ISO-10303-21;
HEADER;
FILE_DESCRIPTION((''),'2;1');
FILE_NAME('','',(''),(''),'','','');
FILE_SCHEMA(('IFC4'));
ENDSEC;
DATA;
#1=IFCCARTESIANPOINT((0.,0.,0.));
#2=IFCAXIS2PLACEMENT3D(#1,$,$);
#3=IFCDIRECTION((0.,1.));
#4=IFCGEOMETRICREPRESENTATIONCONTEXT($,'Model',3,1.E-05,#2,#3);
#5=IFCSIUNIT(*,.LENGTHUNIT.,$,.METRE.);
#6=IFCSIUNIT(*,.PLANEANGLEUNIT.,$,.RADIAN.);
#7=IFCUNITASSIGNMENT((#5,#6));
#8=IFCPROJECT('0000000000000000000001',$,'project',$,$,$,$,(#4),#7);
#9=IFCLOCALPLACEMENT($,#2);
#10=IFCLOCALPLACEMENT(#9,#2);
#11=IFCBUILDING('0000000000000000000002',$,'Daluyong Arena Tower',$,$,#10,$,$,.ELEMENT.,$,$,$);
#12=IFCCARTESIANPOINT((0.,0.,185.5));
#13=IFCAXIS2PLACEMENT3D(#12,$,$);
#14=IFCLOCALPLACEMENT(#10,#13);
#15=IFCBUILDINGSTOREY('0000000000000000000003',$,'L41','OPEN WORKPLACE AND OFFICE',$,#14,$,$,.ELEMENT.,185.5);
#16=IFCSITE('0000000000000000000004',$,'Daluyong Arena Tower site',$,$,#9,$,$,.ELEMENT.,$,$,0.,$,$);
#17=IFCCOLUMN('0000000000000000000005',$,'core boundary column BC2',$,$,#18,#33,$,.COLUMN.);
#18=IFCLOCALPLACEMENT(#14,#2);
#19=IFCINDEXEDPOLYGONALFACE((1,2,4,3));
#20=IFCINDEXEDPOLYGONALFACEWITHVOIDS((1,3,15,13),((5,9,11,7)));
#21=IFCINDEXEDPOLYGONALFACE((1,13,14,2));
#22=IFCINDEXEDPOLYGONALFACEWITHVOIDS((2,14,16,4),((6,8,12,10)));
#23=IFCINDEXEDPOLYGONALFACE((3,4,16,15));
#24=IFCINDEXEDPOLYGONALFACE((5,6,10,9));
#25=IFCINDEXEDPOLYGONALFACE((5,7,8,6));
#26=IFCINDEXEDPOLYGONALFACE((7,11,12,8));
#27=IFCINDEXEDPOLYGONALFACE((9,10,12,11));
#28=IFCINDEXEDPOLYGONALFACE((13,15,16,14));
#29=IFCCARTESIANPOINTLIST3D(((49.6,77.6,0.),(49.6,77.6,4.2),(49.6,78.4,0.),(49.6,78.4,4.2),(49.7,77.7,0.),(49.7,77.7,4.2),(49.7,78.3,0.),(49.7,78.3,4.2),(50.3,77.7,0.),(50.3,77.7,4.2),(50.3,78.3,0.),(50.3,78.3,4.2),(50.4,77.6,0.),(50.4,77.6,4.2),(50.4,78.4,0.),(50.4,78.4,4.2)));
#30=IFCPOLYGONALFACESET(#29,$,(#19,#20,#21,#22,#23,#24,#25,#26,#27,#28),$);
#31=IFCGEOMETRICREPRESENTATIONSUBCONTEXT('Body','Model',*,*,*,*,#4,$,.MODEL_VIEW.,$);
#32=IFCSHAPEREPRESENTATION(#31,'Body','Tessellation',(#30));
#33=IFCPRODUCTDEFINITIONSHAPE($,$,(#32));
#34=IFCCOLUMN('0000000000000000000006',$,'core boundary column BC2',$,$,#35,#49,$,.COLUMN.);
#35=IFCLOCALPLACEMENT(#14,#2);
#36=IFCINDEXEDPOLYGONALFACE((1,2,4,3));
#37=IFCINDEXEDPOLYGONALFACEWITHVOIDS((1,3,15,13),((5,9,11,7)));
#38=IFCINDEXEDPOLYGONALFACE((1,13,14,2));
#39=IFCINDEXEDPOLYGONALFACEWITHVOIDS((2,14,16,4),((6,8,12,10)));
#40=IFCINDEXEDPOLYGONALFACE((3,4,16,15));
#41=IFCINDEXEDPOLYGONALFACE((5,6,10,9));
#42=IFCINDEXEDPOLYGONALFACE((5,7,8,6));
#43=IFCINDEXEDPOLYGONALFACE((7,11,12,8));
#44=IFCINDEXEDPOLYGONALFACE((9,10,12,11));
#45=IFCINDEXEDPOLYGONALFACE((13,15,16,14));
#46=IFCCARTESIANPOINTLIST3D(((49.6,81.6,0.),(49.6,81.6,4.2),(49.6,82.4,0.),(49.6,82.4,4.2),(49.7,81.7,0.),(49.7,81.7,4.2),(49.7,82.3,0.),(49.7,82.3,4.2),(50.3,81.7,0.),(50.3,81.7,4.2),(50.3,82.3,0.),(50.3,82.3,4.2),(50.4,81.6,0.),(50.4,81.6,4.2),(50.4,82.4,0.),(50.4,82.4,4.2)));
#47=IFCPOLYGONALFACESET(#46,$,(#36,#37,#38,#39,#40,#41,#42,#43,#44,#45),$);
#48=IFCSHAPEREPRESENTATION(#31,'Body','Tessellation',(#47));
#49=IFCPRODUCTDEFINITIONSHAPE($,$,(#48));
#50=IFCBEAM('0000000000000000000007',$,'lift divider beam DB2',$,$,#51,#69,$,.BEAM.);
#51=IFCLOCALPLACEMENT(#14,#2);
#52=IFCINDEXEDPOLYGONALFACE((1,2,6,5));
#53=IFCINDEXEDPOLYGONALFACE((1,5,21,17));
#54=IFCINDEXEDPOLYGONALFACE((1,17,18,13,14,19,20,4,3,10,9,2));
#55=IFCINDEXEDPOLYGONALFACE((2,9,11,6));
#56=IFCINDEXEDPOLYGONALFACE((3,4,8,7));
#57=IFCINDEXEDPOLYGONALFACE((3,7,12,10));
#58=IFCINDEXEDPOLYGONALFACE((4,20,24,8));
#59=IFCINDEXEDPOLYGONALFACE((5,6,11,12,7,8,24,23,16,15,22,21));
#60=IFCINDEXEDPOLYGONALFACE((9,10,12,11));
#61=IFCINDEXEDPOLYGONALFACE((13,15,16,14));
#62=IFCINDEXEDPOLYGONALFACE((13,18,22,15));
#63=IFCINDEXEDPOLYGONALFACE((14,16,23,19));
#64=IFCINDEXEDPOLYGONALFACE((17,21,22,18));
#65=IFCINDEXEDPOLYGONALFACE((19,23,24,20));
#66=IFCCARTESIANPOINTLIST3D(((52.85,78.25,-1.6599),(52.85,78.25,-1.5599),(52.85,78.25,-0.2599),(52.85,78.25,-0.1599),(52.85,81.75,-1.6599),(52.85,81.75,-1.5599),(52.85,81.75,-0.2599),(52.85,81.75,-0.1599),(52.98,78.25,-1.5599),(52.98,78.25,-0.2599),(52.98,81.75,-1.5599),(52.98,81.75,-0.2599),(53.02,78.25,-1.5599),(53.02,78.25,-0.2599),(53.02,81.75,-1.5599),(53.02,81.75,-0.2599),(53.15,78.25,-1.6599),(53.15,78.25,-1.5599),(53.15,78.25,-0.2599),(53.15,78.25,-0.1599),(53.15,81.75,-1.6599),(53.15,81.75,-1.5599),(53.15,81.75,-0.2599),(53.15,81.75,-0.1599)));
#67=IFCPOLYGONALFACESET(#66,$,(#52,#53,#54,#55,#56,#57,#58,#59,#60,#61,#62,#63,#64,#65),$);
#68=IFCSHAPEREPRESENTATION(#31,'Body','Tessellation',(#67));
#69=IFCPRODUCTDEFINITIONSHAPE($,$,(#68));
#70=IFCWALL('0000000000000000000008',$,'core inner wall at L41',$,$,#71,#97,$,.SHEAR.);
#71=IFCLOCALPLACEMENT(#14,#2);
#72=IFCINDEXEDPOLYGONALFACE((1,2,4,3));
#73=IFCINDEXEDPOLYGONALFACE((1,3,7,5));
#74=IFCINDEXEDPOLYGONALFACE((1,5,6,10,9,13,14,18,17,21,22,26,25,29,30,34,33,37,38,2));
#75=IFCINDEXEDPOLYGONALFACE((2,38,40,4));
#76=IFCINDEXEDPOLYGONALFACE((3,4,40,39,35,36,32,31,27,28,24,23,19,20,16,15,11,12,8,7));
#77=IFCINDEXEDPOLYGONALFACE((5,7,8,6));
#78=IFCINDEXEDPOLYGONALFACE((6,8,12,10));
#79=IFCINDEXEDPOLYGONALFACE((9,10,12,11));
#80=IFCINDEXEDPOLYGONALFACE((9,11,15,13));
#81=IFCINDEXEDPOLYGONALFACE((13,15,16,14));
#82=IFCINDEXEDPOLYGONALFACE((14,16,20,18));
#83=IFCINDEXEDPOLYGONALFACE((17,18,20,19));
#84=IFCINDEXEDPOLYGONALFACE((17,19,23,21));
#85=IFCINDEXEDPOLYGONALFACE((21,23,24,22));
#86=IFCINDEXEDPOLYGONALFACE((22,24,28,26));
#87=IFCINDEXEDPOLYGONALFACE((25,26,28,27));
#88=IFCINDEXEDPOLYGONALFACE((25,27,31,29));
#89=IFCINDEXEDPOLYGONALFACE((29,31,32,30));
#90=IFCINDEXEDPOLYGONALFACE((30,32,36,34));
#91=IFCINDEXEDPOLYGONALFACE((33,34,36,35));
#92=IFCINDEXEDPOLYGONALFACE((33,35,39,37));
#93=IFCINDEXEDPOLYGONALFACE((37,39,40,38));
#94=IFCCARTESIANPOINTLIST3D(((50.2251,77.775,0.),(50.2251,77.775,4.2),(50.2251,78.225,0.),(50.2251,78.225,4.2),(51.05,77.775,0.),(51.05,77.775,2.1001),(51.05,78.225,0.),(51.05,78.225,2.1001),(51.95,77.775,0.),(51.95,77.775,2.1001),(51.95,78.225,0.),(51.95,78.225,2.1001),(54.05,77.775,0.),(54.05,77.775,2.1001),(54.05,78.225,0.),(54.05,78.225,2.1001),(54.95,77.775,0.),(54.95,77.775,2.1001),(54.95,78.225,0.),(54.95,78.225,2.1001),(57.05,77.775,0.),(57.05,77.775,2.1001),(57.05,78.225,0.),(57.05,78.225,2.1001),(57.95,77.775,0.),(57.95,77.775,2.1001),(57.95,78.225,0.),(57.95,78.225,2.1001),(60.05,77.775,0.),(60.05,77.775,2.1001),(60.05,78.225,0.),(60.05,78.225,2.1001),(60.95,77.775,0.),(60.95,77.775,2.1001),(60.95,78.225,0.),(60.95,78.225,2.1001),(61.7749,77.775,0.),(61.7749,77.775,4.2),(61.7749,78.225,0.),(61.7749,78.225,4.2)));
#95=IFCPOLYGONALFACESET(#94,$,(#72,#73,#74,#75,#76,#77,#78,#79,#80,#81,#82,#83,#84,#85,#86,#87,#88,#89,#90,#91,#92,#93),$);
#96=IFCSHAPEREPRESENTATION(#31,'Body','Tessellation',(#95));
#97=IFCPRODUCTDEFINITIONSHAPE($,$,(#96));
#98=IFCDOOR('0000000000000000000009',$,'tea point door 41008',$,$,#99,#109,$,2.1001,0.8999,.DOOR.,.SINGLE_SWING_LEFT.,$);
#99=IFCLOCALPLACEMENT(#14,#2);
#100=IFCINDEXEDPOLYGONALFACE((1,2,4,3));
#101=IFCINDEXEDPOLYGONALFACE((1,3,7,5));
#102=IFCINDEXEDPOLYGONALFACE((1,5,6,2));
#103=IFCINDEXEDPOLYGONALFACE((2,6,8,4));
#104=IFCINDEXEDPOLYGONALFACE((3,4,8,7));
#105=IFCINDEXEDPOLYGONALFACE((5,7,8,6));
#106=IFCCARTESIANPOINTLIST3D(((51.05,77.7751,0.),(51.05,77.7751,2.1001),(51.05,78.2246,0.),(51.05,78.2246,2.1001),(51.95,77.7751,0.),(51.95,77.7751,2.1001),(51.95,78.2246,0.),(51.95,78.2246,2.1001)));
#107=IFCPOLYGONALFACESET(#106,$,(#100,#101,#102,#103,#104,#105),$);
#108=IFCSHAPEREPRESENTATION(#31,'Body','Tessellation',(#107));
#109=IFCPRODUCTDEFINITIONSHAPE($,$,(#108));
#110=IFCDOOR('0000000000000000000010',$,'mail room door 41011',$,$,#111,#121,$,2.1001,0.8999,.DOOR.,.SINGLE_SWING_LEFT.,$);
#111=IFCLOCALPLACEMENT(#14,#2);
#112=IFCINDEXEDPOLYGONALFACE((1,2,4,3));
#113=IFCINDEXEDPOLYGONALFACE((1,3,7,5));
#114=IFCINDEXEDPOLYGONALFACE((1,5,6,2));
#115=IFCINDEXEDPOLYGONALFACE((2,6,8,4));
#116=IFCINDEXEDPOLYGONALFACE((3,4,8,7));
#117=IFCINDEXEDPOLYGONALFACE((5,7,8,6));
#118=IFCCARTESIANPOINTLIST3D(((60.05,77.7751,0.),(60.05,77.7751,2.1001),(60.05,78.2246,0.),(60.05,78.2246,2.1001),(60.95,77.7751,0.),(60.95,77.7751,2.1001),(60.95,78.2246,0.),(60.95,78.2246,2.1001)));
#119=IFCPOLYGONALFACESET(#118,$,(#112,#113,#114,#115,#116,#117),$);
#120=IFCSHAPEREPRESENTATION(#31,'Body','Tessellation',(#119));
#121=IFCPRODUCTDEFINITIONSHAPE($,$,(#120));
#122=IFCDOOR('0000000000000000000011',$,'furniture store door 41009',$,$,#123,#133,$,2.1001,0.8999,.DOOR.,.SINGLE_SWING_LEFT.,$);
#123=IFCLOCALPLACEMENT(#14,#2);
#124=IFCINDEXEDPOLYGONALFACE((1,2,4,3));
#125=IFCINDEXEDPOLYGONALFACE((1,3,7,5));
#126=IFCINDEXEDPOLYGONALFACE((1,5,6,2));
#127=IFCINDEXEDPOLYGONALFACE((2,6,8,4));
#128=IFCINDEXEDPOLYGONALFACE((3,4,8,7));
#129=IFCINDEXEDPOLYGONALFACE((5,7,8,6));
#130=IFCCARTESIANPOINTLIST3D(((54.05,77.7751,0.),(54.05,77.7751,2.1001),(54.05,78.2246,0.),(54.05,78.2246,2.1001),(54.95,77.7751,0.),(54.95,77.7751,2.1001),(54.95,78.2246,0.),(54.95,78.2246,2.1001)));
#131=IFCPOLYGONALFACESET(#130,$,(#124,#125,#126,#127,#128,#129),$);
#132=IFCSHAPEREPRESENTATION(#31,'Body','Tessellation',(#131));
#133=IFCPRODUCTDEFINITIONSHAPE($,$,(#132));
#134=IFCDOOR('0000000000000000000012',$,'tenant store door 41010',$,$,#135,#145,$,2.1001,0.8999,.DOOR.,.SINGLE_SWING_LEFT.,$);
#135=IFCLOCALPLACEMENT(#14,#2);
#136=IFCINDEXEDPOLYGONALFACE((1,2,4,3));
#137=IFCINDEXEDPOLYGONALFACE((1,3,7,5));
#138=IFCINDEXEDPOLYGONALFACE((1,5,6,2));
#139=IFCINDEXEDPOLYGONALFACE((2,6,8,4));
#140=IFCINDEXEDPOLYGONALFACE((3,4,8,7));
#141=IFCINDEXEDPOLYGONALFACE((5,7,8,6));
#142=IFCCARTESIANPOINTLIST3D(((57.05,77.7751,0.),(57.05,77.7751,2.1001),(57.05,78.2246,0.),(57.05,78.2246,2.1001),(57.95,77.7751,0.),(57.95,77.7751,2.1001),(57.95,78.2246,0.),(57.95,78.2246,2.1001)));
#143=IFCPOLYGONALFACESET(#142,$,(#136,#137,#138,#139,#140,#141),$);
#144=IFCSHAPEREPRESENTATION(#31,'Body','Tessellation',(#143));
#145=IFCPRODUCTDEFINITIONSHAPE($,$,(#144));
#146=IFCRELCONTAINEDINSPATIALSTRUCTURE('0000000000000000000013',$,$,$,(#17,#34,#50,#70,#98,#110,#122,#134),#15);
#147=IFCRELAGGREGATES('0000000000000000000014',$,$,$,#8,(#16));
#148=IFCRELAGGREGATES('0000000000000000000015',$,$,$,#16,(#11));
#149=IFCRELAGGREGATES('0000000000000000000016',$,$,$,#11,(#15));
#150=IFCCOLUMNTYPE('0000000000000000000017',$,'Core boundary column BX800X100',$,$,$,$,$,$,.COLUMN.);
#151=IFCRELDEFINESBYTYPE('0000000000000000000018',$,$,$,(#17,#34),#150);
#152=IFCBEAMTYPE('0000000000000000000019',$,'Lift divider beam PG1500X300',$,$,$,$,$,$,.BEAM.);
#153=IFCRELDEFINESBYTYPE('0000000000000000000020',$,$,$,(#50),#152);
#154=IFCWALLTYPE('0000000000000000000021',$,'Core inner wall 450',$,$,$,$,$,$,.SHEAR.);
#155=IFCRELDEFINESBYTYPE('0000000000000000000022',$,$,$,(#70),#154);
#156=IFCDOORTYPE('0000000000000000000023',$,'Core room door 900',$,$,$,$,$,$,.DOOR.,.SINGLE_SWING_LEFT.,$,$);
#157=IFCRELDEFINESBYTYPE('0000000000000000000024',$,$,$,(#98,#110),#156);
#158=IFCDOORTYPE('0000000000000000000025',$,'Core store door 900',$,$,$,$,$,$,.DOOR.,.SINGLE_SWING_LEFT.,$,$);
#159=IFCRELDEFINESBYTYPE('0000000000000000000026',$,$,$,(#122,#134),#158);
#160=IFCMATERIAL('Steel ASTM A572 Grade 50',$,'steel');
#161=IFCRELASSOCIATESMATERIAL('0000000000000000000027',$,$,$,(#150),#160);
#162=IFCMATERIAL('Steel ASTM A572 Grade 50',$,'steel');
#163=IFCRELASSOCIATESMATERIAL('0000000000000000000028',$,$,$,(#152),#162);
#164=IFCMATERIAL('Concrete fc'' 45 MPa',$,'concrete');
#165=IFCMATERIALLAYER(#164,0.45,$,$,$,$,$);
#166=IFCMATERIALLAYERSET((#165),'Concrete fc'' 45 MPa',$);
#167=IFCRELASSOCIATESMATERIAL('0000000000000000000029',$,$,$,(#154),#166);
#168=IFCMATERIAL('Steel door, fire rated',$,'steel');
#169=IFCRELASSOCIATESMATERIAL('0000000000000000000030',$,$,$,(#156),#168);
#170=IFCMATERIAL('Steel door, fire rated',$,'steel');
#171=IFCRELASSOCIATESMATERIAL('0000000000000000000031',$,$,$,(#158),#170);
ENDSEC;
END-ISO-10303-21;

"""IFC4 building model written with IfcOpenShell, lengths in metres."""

from ifc_helpers import new_model, si_unit, direction, frame, frame_2d, origin, origin_2d, place, context, subcontext, project, spatial, rectangle, hollow_rectangle, i_section, extrude, material, layer, layer_set, material_profile, profile_set, type_object, element, fill, save


model = new_model("IFC4")

# Units and contexts
model_context = context("Model", 3, precision=1e-05, world=origin(), true_north=direction((0.0, 1.0)))
body_context = subcontext(model_context, "Body", "Model", "MODEL_VIEW")
ifc_project = project(units=[si_unit("LENGTHUNIT", "METRE"), si_unit("PLANEANGLEUNIT", "RADIAN")], contexts=[model_context])

# Site, building, storey
site_placement = place(None, origin())
site = spatial("IfcSite", under=ifc_project, at=site_placement, Name="Daluyong Arena Tower site", CompositionType="ELEMENT", RefElevation=0.0)
building_placement = place(site_placement, origin())
building = spatial("IfcBuilding", under=site, at=building_placement, Name="Daluyong Arena Tower", CompositionType="ELEMENT")
storey_placement = place(building_placement, frame((0.0, 0.0, 185.5)))
storey = spatial("IfcBuildingStorey", under=building, at=storey_placement, Name="L41", Description="OPEN WORKPLACE AND OFFICE", CompositionType="ELEMENT", Elevation=185.5)

# Columns
ifc_material_1 = material(Name="Steel ASTM A572 Grade 50", Category="steel")
ifc_material_profile_1 = material_profile(ifc_material_1, hollow_rectangle(XDim=0.8, YDim=0.8, WallThickness=0.1, at=origin_2d()))
ifc_profile_set_1 = profile_set([ifc_material_profile_1], Name="Steel ASTM A572 Grade 50")
column_type = type_object("IfcColumnType", Name="Core boundary column BX800X100", PredefinedType="COLUMN", material=ifc_profile_set_1)
for number, where, z_axis, x_axis, name in (
    (1, (50.0, 78.0, 0.0), (0.0, 0.0, 1.0), (1.0, 0.0, 0.0), "core boundary column BC2"),
    (2, (50.0, 82.0, 0.0), (0.0, 0.0, 1.0), (1.0, 0.0, 0.0), "core boundary column BC2"),
):
    element("IfcColumn", number, at=place(storey_placement, frame(where, z_axis=z_axis, x_axis=x_axis)), inside=storey, type_object=column_type, Name=name, PredefinedType="COLUMN", context=body_context, shape_type="SweptSolid", body=[
        extrude(hollow_rectangle(XDim=0.8, YDim=0.8, WallThickness=0.1, at=origin_2d()), origin(), (0.0, 0.0, 1.0), 4.2),
    ])

# Beam
ifc_material_2 = material(Name="Steel ASTM A572 Grade 50", Category="steel")
ifc_material_profile_2 = material_profile(ifc_material_2, i_section(OverallWidth=0.3, OverallDepth=1.5, WebThickness=0.04, FlangeThickness=0.1, at=origin_2d()))
ifc_profile_set_2 = profile_set([ifc_material_profile_2], Name="Steel ASTM A572 Grade 50")
beam_type = type_object("IfcBeamType", Name="Lift divider beam PG1500X300", PredefinedType="BEAM", material=ifc_profile_set_2)
beam_placement = place(storey_placement, frame((53.0, 78.25, -0.9099), z_axis=(0.0, 1.0, 0.0), x_axis=(-1.0, 0.0, 0.0)))
element("IfcBeam", 3, at=beam_placement, inside=storey, type_object=beam_type, Name="lift divider beam DB2", PredefinedType="BEAM", context=body_context, shape_type="SweptSolid", body=[
    extrude(i_section(OverallWidth=0.3, OverallDepth=1.5, WebThickness=0.04, FlangeThickness=0.1, at=origin_2d()), origin(), (0.0, 0.0, 1.0), 3.5),
])

# Wall, openings, doors
ifc_material_3 = material(Name="Concrete fc' 45 MPa", Category="concrete")
ifc_layer = layer(ifc_material_3, 0.45)
ifc_layer_set = layer_set([ifc_layer], Name="Concrete fc' 45 MPa")
wall_type = type_object("IfcWallType", Name="Core inner wall 450", PredefinedType="SHEAR", material=ifc_layer_set)
wall_1_placement = place(storey_placement, frame((50.2251, 78.0, 0.0), z_axis=(0.0, 0.0, 1.0), x_axis=(1.0, 0.0, 0.0)))
wall_1 = element("IfcWall", 4, at=wall_1_placement, inside=storey, type_object=wall_type, Name="core inner wall at L41", PredefinedType="SHEAR", context=body_context, shape_type="SweptSolid", body=[
    extrude(rectangle(XDim=11.5498, YDim=0.45, at=frame_2d((5.7749, 0.0))), origin(), (0.0, 0.0, 1.0), 4.2),
])
opening_1_placement = place(wall_1_placement, frame((0.825, 0.0, 0.0)))
opening_1 = element("IfcOpeningElement", 5, at=opening_1_placement, cuts=wall_1, PredefinedType="OPENING", context=body_context, shape_type="SweptSolid", body=[
    extrude(rectangle(XDim=0.8999, YDim=2.1001, at=frame_2d((0.45, 1.05))), frame((0.0, 0.2349, 0.0), z_axis=(0.0, -1.0, 0.0), x_axis=(1.0, 0.0, 0.0)), (0.0, 0.0, 1.0), 0.47),
])
opening_2_placement = place(wall_1_placement, frame((3.825, 0.0, 0.0)))
opening_2 = element("IfcOpeningElement", 6, at=opening_2_placement, cuts=wall_1, PredefinedType="OPENING", context=body_context, shape_type="SweptSolid", body=[
    extrude(rectangle(XDim=0.8999, YDim=2.1001, at=frame_2d((0.45, 1.05))), frame((0.0, 0.2349, 0.0), z_axis=(0.0, -1.0, 0.0), x_axis=(1.0, 0.0, 0.0)), (0.0, 0.0, 1.0), 0.47),
])
opening_3_placement = place(wall_1_placement, frame((6.825, 0.0, 0.0)))
opening_3 = element("IfcOpeningElement", 7, at=opening_3_placement, cuts=wall_1, PredefinedType="OPENING", context=body_context, shape_type="SweptSolid", body=[
    extrude(rectangle(XDim=0.8999, YDim=2.1001, at=frame_2d((0.45, 1.05))), frame((0.0, 0.2349, 0.0), z_axis=(0.0, -1.0, 0.0), x_axis=(1.0, 0.0, 0.0)), (0.0, 0.0, 1.0), 0.47),
])
opening_4_placement = place(wall_1_placement, frame((9.825, 0.0, 0.0)))
opening_4 = element("IfcOpeningElement", 8, at=opening_4_placement, cuts=wall_1, PredefinedType="OPENING", context=body_context, shape_type="SweptSolid", body=[
    extrude(rectangle(XDim=0.8999, YDim=2.1001, at=frame_2d((0.45, 1.05))), frame((0.0, 0.2349, 0.0), z_axis=(0.0, -1.0, 0.0), x_axis=(1.0, 0.0, 0.0)), (0.0, 0.0, 1.0), 0.47),
])
ifc_material_4 = material(Name="Steel door, fire rated", Category="steel")
door_type_1 = type_object("IfcDoorType", Name="Core room door 900", OperationType="SINGLE_SWING_LEFT", PredefinedType="DOOR", material=ifc_material_4)
door_1_placement = place(opening_1_placement, origin())
door_1 = element("IfcDoor", 9, at=door_1_placement, inside=storey, type_object=door_type_1, Name="tea point door 41008", OperationType="SINGLE_SWING_LEFT", OverallHeight=2.1001, OverallWidth=0.8999, PredefinedType="DOOR", context=body_context, shape_type="SweptSolid", body=[
    extrude(rectangle(XDim=0.8999, YDim=2.1001, at=frame_2d((0.45, 1.05))), frame((0.0, 0.2246, 0.0), z_axis=(0.0, -1.0, 0.0), x_axis=(1.0, 0.0, 0.0)), (0.0, 0.0, 1.0), 0.4495),
])
fill(opening_1, door_1)
door_2_placement = place(opening_4_placement, origin())
door_2 = element("IfcDoor", 10, at=door_2_placement, inside=storey, type_object=door_type_1, Name="mail room door 41011", OperationType="SINGLE_SWING_LEFT", OverallHeight=2.1001, OverallWidth=0.8999, PredefinedType="DOOR", context=body_context, shape_type="SweptSolid", body=[
    extrude(rectangle(XDim=0.8999, YDim=2.1001, at=frame_2d((0.45, 1.05))), frame((0.0, 0.2246, 0.0), z_axis=(0.0, -1.0, 0.0), x_axis=(1.0, 0.0, 0.0)), (0.0, 0.0, 1.0), 0.4495),
])
fill(opening_4, door_2)
ifc_material_5 = material(Name="Steel door, fire rated", Category="steel")
door_type_2 = type_object("IfcDoorType", Name="Core store door 900", OperationType="SINGLE_SWING_LEFT", PredefinedType="DOOR", material=ifc_material_5)
door_3_placement = place(opening_2_placement, origin())
door_3 = element("IfcDoor", 11, at=door_3_placement, inside=storey, type_object=door_type_2, Name="furniture store door 41009", OperationType="SINGLE_SWING_LEFT", OverallHeight=2.1001, OverallWidth=0.8999, PredefinedType="DOOR", context=body_context, shape_type="SweptSolid", body=[
    extrude(rectangle(XDim=0.8999, YDim=2.1001, at=frame_2d((0.45, 1.05))), frame((0.0, 0.2246, 0.0), z_axis=(0.0, -1.0, 0.0), x_axis=(1.0, 0.0, 0.0)), (0.0, 0.0, 1.0), 0.4495),
])
fill(opening_2, door_3)
door_4_placement = place(opening_3_placement, origin())
door_4 = element("IfcDoor", 12, at=door_4_placement, inside=storey, type_object=door_type_2, Name="tenant store door 41010", OperationType="SINGLE_SWING_LEFT", OverallHeight=2.1001, OverallWidth=0.8999, PredefinedType="DOOR", context=body_context, shape_type="SweptSolid", body=[
    extrude(rectangle(XDim=0.8999, YDim=2.1001, at=frame_2d((0.45, 1.05))), frame((0.0, 0.2246, 0.0), z_axis=(0.0, -1.0, 0.0), x_axis=(1.0, 0.0, 0.0)), (0.0, 0.0, 1.0), 0.4495),
])
fill(opening_3, door_4)

save(model, "model.ifc")
